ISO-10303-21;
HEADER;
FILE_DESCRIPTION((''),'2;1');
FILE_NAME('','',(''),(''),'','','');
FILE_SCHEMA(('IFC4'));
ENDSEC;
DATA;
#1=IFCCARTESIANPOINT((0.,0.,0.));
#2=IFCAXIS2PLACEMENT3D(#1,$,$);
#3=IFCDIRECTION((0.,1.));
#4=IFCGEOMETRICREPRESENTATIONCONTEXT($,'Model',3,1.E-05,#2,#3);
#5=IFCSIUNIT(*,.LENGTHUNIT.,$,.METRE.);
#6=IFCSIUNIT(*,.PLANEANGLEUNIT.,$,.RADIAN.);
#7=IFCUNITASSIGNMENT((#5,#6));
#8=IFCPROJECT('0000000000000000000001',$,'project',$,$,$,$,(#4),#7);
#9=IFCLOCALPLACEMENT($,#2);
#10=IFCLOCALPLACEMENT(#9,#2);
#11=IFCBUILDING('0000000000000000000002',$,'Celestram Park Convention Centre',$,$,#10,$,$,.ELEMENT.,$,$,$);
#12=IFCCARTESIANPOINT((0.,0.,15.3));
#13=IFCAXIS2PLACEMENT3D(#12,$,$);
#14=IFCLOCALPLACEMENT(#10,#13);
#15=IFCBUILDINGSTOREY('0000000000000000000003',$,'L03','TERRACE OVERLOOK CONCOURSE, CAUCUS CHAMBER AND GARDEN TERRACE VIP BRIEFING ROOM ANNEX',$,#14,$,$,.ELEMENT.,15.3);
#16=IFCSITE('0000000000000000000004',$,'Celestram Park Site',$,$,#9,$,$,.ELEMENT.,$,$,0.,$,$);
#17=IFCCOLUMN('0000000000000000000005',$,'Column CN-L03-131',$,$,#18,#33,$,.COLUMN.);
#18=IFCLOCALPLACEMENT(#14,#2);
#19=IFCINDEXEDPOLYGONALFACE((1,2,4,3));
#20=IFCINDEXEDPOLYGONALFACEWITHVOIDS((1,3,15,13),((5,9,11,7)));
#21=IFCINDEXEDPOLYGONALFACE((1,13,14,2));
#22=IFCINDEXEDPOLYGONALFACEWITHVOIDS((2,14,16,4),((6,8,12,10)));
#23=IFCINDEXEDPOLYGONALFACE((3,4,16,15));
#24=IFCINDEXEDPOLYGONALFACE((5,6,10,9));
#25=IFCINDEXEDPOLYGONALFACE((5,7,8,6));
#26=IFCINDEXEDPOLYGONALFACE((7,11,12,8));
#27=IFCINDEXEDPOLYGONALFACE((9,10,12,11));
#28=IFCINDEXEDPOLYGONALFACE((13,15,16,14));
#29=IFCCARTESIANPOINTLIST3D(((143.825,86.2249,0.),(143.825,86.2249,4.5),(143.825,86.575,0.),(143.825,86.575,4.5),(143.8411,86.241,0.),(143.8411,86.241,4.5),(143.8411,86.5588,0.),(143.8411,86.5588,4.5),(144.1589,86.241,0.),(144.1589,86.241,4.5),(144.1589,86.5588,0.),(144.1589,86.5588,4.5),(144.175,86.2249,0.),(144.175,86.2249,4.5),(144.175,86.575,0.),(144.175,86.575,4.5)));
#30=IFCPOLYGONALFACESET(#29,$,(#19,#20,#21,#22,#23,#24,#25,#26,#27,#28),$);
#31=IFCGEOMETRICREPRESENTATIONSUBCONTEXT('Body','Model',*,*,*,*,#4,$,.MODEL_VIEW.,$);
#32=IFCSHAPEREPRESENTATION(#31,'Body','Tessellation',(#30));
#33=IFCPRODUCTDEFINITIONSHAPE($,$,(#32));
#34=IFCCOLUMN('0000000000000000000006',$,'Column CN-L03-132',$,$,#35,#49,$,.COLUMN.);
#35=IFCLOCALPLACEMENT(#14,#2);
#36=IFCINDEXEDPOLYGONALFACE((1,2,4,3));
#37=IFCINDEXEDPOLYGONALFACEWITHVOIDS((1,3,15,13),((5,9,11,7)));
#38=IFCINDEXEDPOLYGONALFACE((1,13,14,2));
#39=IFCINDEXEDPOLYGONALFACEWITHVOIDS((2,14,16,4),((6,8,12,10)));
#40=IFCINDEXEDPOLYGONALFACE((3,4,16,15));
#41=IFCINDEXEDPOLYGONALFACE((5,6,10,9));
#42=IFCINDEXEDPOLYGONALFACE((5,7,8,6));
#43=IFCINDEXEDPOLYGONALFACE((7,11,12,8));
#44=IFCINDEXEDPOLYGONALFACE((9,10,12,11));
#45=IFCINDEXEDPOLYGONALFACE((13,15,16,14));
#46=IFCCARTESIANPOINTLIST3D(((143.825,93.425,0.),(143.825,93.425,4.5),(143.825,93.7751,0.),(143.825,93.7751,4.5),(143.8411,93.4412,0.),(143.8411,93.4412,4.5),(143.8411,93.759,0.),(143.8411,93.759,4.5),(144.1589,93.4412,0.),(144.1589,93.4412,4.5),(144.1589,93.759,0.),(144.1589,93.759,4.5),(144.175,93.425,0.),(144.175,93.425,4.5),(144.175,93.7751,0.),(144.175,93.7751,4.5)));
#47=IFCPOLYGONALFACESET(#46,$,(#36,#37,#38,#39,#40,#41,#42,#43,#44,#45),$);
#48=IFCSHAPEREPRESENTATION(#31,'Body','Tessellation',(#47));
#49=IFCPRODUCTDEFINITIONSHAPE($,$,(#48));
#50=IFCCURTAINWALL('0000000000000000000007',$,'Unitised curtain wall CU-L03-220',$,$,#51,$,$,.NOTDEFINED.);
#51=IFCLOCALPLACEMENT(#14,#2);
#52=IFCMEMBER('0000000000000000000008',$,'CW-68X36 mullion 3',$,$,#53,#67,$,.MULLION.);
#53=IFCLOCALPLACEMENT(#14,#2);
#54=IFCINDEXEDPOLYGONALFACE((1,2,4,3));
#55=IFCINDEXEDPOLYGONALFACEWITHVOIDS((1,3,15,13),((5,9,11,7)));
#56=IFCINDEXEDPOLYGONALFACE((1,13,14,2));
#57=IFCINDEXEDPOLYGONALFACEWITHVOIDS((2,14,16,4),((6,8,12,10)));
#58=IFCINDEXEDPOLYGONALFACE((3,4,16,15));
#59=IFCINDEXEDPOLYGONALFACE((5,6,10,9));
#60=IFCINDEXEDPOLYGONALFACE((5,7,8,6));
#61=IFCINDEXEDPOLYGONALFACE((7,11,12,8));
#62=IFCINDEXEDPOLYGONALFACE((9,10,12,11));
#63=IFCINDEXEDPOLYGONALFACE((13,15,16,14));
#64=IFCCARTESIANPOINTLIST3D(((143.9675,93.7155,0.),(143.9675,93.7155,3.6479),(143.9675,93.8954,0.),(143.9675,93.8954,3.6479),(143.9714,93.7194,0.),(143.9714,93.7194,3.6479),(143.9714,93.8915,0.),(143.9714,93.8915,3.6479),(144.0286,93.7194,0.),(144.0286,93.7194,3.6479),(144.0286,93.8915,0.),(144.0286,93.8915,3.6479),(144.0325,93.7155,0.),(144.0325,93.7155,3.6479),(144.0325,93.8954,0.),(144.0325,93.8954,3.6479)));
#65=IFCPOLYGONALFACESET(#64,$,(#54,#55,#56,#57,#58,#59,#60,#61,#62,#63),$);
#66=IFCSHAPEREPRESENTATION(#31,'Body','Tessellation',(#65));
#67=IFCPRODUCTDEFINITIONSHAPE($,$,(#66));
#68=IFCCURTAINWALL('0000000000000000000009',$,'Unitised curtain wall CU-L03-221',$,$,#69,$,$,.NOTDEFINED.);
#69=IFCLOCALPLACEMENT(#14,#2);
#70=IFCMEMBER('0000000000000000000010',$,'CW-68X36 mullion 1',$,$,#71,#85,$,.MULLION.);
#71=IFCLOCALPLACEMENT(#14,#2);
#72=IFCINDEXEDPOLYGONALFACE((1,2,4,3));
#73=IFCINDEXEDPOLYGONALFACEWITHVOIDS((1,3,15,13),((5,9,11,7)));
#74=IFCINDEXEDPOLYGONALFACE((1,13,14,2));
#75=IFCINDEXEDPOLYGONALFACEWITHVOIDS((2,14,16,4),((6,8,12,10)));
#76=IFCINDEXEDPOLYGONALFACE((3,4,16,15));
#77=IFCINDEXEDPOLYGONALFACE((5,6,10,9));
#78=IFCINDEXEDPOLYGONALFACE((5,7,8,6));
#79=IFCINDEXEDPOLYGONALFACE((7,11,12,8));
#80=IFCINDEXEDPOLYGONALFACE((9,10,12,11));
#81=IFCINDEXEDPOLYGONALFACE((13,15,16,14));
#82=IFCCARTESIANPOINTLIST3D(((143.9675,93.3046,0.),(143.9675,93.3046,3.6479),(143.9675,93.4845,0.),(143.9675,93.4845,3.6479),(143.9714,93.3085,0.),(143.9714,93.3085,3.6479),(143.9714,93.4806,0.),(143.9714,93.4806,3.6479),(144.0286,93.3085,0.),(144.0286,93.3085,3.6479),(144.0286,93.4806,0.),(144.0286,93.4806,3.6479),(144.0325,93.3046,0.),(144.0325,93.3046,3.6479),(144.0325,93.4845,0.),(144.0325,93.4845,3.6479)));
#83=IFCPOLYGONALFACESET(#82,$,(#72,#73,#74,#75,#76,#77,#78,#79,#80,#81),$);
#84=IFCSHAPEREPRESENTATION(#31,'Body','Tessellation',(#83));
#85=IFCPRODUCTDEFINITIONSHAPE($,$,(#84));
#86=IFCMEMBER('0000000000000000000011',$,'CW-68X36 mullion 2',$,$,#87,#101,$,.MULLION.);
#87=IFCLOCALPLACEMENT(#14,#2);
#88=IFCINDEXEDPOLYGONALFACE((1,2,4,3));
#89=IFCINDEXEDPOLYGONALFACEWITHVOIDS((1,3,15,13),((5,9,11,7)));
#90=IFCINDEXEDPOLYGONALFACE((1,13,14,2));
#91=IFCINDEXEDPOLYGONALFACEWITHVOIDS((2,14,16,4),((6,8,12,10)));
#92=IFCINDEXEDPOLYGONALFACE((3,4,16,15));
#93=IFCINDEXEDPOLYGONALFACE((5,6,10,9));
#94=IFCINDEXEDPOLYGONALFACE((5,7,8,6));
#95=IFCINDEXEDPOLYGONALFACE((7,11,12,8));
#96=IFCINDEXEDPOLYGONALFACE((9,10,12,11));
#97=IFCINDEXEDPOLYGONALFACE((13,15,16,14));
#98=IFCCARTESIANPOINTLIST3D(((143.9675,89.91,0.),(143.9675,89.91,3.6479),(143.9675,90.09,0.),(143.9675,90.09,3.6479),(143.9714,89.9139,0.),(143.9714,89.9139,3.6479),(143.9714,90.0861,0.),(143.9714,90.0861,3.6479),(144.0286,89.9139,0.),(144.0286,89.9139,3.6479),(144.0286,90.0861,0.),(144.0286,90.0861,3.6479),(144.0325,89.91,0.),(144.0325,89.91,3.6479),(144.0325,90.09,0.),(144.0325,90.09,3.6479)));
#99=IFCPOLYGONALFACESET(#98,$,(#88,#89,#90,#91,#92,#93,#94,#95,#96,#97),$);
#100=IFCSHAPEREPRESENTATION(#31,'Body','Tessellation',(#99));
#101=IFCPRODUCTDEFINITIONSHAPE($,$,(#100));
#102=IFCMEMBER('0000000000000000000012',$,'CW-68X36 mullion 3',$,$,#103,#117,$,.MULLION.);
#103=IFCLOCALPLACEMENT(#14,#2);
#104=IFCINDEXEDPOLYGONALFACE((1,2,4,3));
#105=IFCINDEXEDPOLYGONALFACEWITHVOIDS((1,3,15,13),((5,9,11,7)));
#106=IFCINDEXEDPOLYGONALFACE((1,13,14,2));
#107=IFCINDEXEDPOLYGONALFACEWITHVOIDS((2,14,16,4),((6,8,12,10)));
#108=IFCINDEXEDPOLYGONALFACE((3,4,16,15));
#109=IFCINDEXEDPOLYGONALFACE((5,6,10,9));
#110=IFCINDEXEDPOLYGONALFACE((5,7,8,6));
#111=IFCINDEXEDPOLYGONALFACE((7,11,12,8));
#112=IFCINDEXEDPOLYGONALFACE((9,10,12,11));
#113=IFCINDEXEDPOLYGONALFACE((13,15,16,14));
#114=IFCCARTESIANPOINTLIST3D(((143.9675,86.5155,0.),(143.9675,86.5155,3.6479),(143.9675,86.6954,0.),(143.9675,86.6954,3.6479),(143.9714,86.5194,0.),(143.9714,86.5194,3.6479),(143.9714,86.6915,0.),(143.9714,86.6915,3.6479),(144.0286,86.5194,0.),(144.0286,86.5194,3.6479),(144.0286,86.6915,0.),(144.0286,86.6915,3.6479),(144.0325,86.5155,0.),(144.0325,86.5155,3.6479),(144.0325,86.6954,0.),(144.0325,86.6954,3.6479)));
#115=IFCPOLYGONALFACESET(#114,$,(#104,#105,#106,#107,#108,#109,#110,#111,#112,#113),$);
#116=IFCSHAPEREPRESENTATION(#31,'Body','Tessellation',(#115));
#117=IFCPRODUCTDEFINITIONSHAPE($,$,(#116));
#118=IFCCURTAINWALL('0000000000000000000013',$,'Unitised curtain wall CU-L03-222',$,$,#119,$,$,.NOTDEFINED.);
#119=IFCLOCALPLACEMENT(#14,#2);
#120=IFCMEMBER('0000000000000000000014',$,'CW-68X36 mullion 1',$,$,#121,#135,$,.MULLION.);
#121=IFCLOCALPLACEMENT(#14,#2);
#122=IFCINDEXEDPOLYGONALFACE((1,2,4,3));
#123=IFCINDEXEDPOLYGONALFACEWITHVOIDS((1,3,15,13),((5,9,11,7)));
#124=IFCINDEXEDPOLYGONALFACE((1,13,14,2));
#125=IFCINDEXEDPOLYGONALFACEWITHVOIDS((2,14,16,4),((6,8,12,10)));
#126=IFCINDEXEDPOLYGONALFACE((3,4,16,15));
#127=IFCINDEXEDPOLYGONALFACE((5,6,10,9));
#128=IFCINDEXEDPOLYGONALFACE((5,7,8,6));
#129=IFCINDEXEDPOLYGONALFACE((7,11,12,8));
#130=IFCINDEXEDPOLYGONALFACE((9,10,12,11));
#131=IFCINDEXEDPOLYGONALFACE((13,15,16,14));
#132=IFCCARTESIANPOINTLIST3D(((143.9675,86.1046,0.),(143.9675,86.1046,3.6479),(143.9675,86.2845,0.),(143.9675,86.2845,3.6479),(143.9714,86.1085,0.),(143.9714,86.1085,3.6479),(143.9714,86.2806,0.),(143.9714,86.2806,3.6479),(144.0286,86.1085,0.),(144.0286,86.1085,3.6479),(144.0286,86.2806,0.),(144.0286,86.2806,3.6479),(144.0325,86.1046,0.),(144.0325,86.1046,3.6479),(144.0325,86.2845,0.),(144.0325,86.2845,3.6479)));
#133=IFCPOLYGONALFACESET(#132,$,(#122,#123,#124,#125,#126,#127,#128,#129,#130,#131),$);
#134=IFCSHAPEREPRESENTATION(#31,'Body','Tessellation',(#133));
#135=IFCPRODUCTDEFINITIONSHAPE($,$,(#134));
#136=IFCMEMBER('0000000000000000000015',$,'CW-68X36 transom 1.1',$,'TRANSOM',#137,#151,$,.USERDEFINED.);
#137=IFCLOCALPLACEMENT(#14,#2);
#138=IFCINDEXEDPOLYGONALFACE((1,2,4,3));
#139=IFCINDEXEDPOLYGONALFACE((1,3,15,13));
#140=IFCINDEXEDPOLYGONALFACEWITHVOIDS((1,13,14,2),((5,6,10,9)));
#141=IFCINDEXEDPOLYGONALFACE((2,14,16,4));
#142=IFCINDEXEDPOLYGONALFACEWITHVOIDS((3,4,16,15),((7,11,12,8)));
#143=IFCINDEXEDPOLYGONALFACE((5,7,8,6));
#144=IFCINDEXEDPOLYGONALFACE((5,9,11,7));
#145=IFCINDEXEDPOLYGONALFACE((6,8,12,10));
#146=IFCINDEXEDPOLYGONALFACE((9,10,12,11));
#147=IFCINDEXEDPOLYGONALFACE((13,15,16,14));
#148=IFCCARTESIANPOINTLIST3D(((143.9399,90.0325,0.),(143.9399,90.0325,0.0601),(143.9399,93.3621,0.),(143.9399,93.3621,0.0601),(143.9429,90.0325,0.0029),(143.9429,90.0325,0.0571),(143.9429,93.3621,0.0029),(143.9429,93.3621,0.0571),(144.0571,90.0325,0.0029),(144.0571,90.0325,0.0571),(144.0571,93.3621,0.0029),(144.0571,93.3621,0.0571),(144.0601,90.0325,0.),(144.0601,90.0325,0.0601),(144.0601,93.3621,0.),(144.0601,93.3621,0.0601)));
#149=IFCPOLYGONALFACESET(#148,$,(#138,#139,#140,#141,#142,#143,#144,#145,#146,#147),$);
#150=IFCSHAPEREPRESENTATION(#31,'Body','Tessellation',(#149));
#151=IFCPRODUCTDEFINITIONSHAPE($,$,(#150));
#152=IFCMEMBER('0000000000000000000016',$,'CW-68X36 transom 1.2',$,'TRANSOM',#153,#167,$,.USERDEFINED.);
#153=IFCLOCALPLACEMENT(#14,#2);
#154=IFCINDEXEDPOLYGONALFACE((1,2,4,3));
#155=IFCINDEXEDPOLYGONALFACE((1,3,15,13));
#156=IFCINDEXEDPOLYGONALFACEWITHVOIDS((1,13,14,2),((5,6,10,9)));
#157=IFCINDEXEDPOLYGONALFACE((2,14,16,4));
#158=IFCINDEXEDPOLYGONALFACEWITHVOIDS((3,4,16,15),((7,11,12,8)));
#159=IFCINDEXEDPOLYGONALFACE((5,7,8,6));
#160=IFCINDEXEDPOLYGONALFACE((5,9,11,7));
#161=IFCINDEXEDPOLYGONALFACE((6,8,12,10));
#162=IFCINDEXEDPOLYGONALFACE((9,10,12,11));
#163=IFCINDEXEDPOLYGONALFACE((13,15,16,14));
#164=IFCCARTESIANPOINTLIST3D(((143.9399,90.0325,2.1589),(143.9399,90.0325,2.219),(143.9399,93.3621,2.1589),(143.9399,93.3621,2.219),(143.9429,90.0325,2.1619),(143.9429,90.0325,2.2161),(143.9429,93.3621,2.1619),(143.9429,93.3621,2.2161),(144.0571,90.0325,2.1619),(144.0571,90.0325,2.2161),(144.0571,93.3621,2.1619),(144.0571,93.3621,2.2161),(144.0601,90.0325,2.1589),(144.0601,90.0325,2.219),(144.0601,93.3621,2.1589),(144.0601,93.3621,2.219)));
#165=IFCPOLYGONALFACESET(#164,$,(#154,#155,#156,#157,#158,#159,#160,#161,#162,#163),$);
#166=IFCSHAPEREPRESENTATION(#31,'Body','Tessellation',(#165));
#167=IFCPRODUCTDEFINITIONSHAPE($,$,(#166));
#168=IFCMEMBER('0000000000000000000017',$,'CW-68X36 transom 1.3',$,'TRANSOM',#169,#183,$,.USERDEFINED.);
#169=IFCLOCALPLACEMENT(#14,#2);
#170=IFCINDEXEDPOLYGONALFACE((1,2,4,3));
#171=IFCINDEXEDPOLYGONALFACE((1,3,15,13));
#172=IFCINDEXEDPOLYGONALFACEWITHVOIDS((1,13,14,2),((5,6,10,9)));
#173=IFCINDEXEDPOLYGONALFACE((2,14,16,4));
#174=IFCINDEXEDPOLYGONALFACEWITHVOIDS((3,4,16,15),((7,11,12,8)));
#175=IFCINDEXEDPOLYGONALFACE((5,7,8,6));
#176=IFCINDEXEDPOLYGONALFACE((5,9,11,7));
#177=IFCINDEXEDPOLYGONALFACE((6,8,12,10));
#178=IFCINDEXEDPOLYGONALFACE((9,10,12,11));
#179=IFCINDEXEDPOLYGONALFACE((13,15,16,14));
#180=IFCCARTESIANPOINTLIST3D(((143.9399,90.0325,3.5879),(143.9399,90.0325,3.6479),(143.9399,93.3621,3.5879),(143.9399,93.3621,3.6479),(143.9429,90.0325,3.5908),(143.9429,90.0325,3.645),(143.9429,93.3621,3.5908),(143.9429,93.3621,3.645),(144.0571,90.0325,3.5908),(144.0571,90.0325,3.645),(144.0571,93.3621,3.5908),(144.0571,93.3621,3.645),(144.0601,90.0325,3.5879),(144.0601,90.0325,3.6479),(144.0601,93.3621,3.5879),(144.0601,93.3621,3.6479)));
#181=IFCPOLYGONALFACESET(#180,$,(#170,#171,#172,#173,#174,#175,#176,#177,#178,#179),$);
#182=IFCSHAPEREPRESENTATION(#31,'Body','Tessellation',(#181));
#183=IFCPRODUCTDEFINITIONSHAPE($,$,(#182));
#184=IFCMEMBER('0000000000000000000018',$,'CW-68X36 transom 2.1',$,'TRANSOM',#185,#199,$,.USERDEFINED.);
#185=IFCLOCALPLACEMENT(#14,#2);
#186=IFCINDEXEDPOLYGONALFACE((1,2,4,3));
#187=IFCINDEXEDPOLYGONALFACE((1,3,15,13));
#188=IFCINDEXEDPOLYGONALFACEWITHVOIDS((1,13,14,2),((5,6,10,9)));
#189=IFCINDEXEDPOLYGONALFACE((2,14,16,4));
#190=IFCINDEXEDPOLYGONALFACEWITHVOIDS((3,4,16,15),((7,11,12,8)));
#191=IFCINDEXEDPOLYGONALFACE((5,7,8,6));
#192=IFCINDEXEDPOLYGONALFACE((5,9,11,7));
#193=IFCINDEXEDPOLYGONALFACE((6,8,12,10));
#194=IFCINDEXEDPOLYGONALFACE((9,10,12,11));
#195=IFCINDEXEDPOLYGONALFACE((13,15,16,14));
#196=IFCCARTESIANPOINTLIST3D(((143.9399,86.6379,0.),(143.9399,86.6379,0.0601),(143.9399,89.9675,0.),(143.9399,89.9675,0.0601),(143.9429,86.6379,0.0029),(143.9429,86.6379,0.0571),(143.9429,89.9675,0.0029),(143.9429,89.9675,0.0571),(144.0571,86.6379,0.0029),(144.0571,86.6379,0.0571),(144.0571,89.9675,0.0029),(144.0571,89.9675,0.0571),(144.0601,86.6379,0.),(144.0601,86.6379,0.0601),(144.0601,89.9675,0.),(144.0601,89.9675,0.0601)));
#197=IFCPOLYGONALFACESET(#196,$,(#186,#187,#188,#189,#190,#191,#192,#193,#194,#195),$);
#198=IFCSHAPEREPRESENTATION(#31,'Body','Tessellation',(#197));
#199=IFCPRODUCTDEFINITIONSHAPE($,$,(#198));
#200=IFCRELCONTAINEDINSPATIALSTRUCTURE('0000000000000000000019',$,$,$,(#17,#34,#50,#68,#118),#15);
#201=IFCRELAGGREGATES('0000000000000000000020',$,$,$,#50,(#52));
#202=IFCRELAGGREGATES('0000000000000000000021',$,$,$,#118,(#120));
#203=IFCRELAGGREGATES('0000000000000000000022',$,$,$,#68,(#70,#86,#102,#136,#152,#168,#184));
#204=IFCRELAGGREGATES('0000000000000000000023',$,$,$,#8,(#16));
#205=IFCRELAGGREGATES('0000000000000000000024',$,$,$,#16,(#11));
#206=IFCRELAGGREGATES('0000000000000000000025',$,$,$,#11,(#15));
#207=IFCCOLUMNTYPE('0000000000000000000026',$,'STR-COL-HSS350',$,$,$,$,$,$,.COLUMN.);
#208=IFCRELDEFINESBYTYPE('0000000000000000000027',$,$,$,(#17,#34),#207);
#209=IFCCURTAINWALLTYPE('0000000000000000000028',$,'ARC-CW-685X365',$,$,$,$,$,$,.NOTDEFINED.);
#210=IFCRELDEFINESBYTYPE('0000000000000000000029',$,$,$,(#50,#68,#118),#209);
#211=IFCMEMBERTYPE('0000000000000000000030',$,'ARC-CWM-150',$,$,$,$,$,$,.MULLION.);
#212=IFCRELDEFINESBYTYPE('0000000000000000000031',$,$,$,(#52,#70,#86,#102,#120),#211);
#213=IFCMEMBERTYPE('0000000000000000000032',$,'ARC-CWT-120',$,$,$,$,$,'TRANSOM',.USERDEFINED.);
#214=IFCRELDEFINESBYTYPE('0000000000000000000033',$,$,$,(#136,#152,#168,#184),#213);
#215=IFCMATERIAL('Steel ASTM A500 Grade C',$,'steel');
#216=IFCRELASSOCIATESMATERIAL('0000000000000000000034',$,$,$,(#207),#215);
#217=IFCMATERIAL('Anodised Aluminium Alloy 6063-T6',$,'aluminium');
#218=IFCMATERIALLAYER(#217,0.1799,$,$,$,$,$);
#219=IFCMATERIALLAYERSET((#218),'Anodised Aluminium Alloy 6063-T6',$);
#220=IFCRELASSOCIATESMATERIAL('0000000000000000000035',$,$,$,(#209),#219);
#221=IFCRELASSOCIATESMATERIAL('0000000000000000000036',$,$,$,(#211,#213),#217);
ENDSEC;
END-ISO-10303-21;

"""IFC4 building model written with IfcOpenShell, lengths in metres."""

from ifc_helpers import new_model, si_unit, direction, frame, origin, origin_2d, place, context, subcontext, project, spatial, hollow_rectangle, extrude, material, layer, layer_set, material_profile, profile_set, type_object, element, aggregate, save


model = new_model("IFC4")

# Units and contexts
model_context = context("Model", 3, precision=1e-05, world=origin(), true_north=direction((0.0, 1.0)))
body_context = subcontext(model_context, "Body", "Model", "MODEL_VIEW")
ifc_project = project(units=[si_unit("LENGTHUNIT", "METRE"), si_unit("PLANEANGLEUNIT", "RADIAN")], contexts=[model_context])

# Site, building, storey
site_placement = place(None, origin())
site = spatial("IfcSite", under=ifc_project, at=site_placement, Name="Celestram Park Site", CompositionType="ELEMENT", RefElevation=0.0)
building_placement = place(site_placement, origin())
building = spatial("IfcBuilding", under=site, at=building_placement, Name="Celestram Park Convention Centre", CompositionType="ELEMENT")
storey_placement = place(building_placement, frame((0.0, 0.0, 15.3)))
storey = spatial("IfcBuildingStorey", under=building, at=storey_placement, Name="L03", Description="TERRACE OVERLOOK CONCOURSE, CAUCUS CHAMBER AND GARDEN TERRACE VIP BRIEFING ROOM ANNEX", CompositionType="ELEMENT", Elevation=15.3)

# Columns
ifc_material_1 = material(Name="Steel ASTM A500 Grade C", Category="steel")
ifc_material_profile_1 = material_profile(ifc_material_1, hollow_rectangle(XDim=0.3501, YDim=0.3501, WallThickness=0.0161, at=origin_2d()), Name="HSS350X350X16")
ifc_profile_set_1 = profile_set([ifc_material_profile_1], Name="Steel ASTM A500 Grade C")
column_type = type_object("IfcColumnType", Name="STR-COL-HSS350", PredefinedType="COLUMN", material=ifc_profile_set_1)
for number, where, z_axis, x_axis, name in (
    (1, (144.0, 86.3999, 0.0), (0.0, 0.0, 1.0), (1.0, 0.0, 0.0), "Column CN-L03-131"),
    (2, (144.0, 93.6001, 0.0), (0.0, 0.0, 1.0), (1.0, 0.0, 0.0), "Column CN-L03-132"),
):
    element("IfcColumn", number, at=place(storey_placement, frame(where, z_axis=z_axis, x_axis=x_axis)), inside=storey, type_object=column_type, Name=name, PredefinedType="COLUMN", context=body_context, shape_type="SweptSolid", body=[
        extrude(hollow_rectangle(XDim=0.3501, YDim=0.3501, WallThickness=0.0161, at=origin_2d()), origin(), (0.0, 0.0, 1.0), 4.5),
    ])

# Curtain wall, member
ifc_material_2 = material(Name="Anodised Aluminium Alloy 6063-T6", Category="aluminium")
ifc_layer_1 = layer(ifc_material_2, 0.1799)
ifc_layer_set_1 = layer_set([ifc_layer_1], Name="Anodised Aluminium Alloy 6063-T6")
curtain_wall_type = type_object("IfcCurtainWallType", Name="ARC-CW-685X365", PredefinedType="NOTDEFINED", material=ifc_layer_set_1)
curtain_wall_1_placement = place(storey_placement, origin())
curtain_wall_1 = element("IfcCurtainWall", 3, at=curtain_wall_1_placement, inside=storey, type_object=curtain_wall_type, Name="Unitised curtain wall CU-L03-220", PredefinedType="NOTDEFINED")
ifc_material_profile_2 = material_profile(ifc_material_2, hollow_rectangle(XDim=0.0649, YDim=0.1799, WallThickness=0.0039, at=origin_2d()), Name="ALU65X180X4")
ifc_profile_set_2 = profile_set([ifc_material_profile_2], Name="Anodised Aluminium Alloy 6063-T6")
member_type_1 = type_object("IfcMemberType", Name="ARC-CWM-150", PredefinedType="MULLION", material=ifc_profile_set_2)
member_1_placement = place(storey_placement, frame((144.0, 93.8054, 0.0), z_axis=(0.0, 0.0, 1.0), x_axis=(1.0, 0.0, 0.0)))
member_1 = element("IfcMember", 4, at=member_1_placement, type_object=member_type_1, Name="CW-68X36 mullion 3", PredefinedType="MULLION", context=body_context, shape_type="SweptSolid", body=[
    extrude(hollow_rectangle(XDim=0.0649, YDim=0.1799, WallThickness=0.0039, at=origin_2d()), origin(), (0.0, 0.0, 1.0), 3.6479),
])
aggregate(curtain_wall_1, [member_1])

# Curtain wall, members
curtain_wall_2_placement = place(storey_placement, origin())
curtain_wall_2 = element("IfcCurtainWall", 5, at=curtain_wall_2_placement, inside=storey, type_object=curtain_wall_type, Name="Unitised curtain wall CU-L03-221", PredefinedType="NOTDEFINED")
member_2_placement = place(storey_placement, frame((144.0, 93.3945, 0.0), z_axis=(0.0, 0.0, 1.0), x_axis=(1.0, 0.0, 0.0)))
member_2 = element("IfcMember", 6, at=member_2_placement, type_object=member_type_1, Name="CW-68X36 mullion 1", PredefinedType="MULLION", context=body_context, shape_type="SweptSolid", body=[
    extrude(hollow_rectangle(XDim=0.0649, YDim=0.1799, WallThickness=0.0039, at=origin_2d()), origin(), (0.0, 0.0, 1.0), 3.6479),
])
member_3_placement = place(storey_placement, frame((144.0, 90.0, 0.0), z_axis=(0.0, 0.0, 1.0), x_axis=(1.0, 0.0, 0.0)))
member_3 = element("IfcMember", 7, at=member_3_placement, type_object=member_type_1, Name="CW-68X36 mullion 2", PredefinedType="MULLION", context=body_context, shape_type="SweptSolid", body=[
    extrude(hollow_rectangle(XDim=0.0649, YDim=0.1799, WallThickness=0.0039, at=origin_2d()), origin(), (0.0, 0.0, 1.0), 3.6479),
])
member_4_placement = place(storey_placement, frame((144.0, 86.6055, 0.0), z_axis=(0.0, 0.0, 1.0), x_axis=(1.0, 0.0, 0.0)))
member_4 = element("IfcMember", 8, at=member_4_placement, type_object=member_type_1, Name="CW-68X36 mullion 3", PredefinedType="MULLION", context=body_context, shape_type="SweptSolid", body=[
    extrude(hollow_rectangle(XDim=0.0649, YDim=0.1799, WallThickness=0.0039, at=origin_2d()), origin(), (0.0, 0.0, 1.0), 3.6479),
])

# Curtain wall, member
curtain_wall_3_placement = place(storey_placement, origin())
curtain_wall_3 = element("IfcCurtainWall", 9, at=curtain_wall_3_placement, inside=storey, type_object=curtain_wall_type, Name="Unitised curtain wall CU-L03-222", PredefinedType="NOTDEFINED")
member_5_placement = place(storey_placement, frame((144.0, 86.1946, 0.0), z_axis=(0.0, 0.0, 1.0), x_axis=(1.0, 0.0, 0.0)))
member_5 = element("IfcMember", 10, at=member_5_placement, type_object=member_type_1, Name="CW-68X36 mullion 1", PredefinedType="MULLION", context=body_context, shape_type="SweptSolid", body=[
    extrude(hollow_rectangle(XDim=0.0649, YDim=0.1799, WallThickness=0.0039, at=origin_2d()), origin(), (0.0, 0.0, 1.0), 3.6479),
])
aggregate(curtain_wall_3, [member_5])

# Members
ifc_material_profile_3 = material_profile(ifc_material_2, hollow_rectangle(XDim=0.1201, YDim=0.0601, WallThickness=0.0029, at=origin_2d()), Name="ALU120X60X3")
ifc_profile_set_3 = profile_set([ifc_material_profile_3], Name="Anodised Aluminium Alloy 6063-T6")
member_type_2 = type_object("IfcMemberType", Name="ARC-CWT-120", ElementType="TRANSOM", PredefinedType="USERDEFINED", material=ifc_profile_set_3)
member_6_placement = place(storey_placement, frame((144.0, 93.3621, 0.03), z_axis=(0.0, -1.0, 0.0), x_axis=(1.0, 0.0, 0.0)))
member_6 = element("IfcMember", 11, at=member_6_placement, type_object=member_type_2, Name="CW-68X36 transom 1.1", ObjectType="TRANSOM", PredefinedType="USERDEFINED", context=body_context, shape_type="SweptSolid", body=[
    extrude(hollow_rectangle(XDim=0.1201, YDim=0.0601, WallThickness=0.0029, at=origin_2d()), origin(), (0.0, 0.0, 1.0), 3.3296),
])
member_7_placement = place(storey_placement, frame((144.0, 93.3621, 2.189), z_axis=(0.0, -1.0, 0.0), x_axis=(1.0, 0.0, 0.0)))
member_7 = element("IfcMember", 12, at=member_7_placement, type_object=member_type_2, Name="CW-68X36 transom 1.2", ObjectType="TRANSOM", PredefinedType="USERDEFINED", context=body_context, shape_type="SweptSolid", body=[
    extrude(hollow_rectangle(XDim=0.1201, YDim=0.0601, WallThickness=0.0029, at=origin_2d()), origin(), (0.0, 0.0, 1.0), 3.3296),
])
member_8_placement = place(storey_placement, frame((144.0, 93.3621, 3.6179), z_axis=(0.0, -1.0, 0.0), x_axis=(1.0, 0.0, 0.0)))
member_8 = element("IfcMember", 13, at=member_8_placement, type_object=member_type_2, Name="CW-68X36 transom 1.3", ObjectType="TRANSOM", PredefinedType="USERDEFINED", context=body_context, shape_type="SweptSolid", body=[
    extrude(hollow_rectangle(XDim=0.1201, YDim=0.0601, WallThickness=0.0029, at=origin_2d()), origin(), (0.0, 0.0, 1.0), 3.3296),
])
member_9_placement = place(storey_placement, frame((144.0, 89.9675, 0.03), z_axis=(0.0, -1.0, 0.0), x_axis=(1.0, 0.0, 0.0)))
member_9 = element("IfcMember", 14, at=member_9_placement, type_object=member_type_2, Name="CW-68X36 transom 2.1", ObjectType="TRANSOM", PredefinedType="USERDEFINED", context=body_context, shape_type="SweptSolid", body=[
    extrude(hollow_rectangle(XDim=0.1201, YDim=0.0601, WallThickness=0.0029, at=origin_2d()), origin(), (0.0, 0.0, 1.0), 3.3296),
])

aggregate(curtain_wall_2, [member_2, member_3, member_4, member_6, member_7, member_8, member_9])

save(model, "model.ifc")
